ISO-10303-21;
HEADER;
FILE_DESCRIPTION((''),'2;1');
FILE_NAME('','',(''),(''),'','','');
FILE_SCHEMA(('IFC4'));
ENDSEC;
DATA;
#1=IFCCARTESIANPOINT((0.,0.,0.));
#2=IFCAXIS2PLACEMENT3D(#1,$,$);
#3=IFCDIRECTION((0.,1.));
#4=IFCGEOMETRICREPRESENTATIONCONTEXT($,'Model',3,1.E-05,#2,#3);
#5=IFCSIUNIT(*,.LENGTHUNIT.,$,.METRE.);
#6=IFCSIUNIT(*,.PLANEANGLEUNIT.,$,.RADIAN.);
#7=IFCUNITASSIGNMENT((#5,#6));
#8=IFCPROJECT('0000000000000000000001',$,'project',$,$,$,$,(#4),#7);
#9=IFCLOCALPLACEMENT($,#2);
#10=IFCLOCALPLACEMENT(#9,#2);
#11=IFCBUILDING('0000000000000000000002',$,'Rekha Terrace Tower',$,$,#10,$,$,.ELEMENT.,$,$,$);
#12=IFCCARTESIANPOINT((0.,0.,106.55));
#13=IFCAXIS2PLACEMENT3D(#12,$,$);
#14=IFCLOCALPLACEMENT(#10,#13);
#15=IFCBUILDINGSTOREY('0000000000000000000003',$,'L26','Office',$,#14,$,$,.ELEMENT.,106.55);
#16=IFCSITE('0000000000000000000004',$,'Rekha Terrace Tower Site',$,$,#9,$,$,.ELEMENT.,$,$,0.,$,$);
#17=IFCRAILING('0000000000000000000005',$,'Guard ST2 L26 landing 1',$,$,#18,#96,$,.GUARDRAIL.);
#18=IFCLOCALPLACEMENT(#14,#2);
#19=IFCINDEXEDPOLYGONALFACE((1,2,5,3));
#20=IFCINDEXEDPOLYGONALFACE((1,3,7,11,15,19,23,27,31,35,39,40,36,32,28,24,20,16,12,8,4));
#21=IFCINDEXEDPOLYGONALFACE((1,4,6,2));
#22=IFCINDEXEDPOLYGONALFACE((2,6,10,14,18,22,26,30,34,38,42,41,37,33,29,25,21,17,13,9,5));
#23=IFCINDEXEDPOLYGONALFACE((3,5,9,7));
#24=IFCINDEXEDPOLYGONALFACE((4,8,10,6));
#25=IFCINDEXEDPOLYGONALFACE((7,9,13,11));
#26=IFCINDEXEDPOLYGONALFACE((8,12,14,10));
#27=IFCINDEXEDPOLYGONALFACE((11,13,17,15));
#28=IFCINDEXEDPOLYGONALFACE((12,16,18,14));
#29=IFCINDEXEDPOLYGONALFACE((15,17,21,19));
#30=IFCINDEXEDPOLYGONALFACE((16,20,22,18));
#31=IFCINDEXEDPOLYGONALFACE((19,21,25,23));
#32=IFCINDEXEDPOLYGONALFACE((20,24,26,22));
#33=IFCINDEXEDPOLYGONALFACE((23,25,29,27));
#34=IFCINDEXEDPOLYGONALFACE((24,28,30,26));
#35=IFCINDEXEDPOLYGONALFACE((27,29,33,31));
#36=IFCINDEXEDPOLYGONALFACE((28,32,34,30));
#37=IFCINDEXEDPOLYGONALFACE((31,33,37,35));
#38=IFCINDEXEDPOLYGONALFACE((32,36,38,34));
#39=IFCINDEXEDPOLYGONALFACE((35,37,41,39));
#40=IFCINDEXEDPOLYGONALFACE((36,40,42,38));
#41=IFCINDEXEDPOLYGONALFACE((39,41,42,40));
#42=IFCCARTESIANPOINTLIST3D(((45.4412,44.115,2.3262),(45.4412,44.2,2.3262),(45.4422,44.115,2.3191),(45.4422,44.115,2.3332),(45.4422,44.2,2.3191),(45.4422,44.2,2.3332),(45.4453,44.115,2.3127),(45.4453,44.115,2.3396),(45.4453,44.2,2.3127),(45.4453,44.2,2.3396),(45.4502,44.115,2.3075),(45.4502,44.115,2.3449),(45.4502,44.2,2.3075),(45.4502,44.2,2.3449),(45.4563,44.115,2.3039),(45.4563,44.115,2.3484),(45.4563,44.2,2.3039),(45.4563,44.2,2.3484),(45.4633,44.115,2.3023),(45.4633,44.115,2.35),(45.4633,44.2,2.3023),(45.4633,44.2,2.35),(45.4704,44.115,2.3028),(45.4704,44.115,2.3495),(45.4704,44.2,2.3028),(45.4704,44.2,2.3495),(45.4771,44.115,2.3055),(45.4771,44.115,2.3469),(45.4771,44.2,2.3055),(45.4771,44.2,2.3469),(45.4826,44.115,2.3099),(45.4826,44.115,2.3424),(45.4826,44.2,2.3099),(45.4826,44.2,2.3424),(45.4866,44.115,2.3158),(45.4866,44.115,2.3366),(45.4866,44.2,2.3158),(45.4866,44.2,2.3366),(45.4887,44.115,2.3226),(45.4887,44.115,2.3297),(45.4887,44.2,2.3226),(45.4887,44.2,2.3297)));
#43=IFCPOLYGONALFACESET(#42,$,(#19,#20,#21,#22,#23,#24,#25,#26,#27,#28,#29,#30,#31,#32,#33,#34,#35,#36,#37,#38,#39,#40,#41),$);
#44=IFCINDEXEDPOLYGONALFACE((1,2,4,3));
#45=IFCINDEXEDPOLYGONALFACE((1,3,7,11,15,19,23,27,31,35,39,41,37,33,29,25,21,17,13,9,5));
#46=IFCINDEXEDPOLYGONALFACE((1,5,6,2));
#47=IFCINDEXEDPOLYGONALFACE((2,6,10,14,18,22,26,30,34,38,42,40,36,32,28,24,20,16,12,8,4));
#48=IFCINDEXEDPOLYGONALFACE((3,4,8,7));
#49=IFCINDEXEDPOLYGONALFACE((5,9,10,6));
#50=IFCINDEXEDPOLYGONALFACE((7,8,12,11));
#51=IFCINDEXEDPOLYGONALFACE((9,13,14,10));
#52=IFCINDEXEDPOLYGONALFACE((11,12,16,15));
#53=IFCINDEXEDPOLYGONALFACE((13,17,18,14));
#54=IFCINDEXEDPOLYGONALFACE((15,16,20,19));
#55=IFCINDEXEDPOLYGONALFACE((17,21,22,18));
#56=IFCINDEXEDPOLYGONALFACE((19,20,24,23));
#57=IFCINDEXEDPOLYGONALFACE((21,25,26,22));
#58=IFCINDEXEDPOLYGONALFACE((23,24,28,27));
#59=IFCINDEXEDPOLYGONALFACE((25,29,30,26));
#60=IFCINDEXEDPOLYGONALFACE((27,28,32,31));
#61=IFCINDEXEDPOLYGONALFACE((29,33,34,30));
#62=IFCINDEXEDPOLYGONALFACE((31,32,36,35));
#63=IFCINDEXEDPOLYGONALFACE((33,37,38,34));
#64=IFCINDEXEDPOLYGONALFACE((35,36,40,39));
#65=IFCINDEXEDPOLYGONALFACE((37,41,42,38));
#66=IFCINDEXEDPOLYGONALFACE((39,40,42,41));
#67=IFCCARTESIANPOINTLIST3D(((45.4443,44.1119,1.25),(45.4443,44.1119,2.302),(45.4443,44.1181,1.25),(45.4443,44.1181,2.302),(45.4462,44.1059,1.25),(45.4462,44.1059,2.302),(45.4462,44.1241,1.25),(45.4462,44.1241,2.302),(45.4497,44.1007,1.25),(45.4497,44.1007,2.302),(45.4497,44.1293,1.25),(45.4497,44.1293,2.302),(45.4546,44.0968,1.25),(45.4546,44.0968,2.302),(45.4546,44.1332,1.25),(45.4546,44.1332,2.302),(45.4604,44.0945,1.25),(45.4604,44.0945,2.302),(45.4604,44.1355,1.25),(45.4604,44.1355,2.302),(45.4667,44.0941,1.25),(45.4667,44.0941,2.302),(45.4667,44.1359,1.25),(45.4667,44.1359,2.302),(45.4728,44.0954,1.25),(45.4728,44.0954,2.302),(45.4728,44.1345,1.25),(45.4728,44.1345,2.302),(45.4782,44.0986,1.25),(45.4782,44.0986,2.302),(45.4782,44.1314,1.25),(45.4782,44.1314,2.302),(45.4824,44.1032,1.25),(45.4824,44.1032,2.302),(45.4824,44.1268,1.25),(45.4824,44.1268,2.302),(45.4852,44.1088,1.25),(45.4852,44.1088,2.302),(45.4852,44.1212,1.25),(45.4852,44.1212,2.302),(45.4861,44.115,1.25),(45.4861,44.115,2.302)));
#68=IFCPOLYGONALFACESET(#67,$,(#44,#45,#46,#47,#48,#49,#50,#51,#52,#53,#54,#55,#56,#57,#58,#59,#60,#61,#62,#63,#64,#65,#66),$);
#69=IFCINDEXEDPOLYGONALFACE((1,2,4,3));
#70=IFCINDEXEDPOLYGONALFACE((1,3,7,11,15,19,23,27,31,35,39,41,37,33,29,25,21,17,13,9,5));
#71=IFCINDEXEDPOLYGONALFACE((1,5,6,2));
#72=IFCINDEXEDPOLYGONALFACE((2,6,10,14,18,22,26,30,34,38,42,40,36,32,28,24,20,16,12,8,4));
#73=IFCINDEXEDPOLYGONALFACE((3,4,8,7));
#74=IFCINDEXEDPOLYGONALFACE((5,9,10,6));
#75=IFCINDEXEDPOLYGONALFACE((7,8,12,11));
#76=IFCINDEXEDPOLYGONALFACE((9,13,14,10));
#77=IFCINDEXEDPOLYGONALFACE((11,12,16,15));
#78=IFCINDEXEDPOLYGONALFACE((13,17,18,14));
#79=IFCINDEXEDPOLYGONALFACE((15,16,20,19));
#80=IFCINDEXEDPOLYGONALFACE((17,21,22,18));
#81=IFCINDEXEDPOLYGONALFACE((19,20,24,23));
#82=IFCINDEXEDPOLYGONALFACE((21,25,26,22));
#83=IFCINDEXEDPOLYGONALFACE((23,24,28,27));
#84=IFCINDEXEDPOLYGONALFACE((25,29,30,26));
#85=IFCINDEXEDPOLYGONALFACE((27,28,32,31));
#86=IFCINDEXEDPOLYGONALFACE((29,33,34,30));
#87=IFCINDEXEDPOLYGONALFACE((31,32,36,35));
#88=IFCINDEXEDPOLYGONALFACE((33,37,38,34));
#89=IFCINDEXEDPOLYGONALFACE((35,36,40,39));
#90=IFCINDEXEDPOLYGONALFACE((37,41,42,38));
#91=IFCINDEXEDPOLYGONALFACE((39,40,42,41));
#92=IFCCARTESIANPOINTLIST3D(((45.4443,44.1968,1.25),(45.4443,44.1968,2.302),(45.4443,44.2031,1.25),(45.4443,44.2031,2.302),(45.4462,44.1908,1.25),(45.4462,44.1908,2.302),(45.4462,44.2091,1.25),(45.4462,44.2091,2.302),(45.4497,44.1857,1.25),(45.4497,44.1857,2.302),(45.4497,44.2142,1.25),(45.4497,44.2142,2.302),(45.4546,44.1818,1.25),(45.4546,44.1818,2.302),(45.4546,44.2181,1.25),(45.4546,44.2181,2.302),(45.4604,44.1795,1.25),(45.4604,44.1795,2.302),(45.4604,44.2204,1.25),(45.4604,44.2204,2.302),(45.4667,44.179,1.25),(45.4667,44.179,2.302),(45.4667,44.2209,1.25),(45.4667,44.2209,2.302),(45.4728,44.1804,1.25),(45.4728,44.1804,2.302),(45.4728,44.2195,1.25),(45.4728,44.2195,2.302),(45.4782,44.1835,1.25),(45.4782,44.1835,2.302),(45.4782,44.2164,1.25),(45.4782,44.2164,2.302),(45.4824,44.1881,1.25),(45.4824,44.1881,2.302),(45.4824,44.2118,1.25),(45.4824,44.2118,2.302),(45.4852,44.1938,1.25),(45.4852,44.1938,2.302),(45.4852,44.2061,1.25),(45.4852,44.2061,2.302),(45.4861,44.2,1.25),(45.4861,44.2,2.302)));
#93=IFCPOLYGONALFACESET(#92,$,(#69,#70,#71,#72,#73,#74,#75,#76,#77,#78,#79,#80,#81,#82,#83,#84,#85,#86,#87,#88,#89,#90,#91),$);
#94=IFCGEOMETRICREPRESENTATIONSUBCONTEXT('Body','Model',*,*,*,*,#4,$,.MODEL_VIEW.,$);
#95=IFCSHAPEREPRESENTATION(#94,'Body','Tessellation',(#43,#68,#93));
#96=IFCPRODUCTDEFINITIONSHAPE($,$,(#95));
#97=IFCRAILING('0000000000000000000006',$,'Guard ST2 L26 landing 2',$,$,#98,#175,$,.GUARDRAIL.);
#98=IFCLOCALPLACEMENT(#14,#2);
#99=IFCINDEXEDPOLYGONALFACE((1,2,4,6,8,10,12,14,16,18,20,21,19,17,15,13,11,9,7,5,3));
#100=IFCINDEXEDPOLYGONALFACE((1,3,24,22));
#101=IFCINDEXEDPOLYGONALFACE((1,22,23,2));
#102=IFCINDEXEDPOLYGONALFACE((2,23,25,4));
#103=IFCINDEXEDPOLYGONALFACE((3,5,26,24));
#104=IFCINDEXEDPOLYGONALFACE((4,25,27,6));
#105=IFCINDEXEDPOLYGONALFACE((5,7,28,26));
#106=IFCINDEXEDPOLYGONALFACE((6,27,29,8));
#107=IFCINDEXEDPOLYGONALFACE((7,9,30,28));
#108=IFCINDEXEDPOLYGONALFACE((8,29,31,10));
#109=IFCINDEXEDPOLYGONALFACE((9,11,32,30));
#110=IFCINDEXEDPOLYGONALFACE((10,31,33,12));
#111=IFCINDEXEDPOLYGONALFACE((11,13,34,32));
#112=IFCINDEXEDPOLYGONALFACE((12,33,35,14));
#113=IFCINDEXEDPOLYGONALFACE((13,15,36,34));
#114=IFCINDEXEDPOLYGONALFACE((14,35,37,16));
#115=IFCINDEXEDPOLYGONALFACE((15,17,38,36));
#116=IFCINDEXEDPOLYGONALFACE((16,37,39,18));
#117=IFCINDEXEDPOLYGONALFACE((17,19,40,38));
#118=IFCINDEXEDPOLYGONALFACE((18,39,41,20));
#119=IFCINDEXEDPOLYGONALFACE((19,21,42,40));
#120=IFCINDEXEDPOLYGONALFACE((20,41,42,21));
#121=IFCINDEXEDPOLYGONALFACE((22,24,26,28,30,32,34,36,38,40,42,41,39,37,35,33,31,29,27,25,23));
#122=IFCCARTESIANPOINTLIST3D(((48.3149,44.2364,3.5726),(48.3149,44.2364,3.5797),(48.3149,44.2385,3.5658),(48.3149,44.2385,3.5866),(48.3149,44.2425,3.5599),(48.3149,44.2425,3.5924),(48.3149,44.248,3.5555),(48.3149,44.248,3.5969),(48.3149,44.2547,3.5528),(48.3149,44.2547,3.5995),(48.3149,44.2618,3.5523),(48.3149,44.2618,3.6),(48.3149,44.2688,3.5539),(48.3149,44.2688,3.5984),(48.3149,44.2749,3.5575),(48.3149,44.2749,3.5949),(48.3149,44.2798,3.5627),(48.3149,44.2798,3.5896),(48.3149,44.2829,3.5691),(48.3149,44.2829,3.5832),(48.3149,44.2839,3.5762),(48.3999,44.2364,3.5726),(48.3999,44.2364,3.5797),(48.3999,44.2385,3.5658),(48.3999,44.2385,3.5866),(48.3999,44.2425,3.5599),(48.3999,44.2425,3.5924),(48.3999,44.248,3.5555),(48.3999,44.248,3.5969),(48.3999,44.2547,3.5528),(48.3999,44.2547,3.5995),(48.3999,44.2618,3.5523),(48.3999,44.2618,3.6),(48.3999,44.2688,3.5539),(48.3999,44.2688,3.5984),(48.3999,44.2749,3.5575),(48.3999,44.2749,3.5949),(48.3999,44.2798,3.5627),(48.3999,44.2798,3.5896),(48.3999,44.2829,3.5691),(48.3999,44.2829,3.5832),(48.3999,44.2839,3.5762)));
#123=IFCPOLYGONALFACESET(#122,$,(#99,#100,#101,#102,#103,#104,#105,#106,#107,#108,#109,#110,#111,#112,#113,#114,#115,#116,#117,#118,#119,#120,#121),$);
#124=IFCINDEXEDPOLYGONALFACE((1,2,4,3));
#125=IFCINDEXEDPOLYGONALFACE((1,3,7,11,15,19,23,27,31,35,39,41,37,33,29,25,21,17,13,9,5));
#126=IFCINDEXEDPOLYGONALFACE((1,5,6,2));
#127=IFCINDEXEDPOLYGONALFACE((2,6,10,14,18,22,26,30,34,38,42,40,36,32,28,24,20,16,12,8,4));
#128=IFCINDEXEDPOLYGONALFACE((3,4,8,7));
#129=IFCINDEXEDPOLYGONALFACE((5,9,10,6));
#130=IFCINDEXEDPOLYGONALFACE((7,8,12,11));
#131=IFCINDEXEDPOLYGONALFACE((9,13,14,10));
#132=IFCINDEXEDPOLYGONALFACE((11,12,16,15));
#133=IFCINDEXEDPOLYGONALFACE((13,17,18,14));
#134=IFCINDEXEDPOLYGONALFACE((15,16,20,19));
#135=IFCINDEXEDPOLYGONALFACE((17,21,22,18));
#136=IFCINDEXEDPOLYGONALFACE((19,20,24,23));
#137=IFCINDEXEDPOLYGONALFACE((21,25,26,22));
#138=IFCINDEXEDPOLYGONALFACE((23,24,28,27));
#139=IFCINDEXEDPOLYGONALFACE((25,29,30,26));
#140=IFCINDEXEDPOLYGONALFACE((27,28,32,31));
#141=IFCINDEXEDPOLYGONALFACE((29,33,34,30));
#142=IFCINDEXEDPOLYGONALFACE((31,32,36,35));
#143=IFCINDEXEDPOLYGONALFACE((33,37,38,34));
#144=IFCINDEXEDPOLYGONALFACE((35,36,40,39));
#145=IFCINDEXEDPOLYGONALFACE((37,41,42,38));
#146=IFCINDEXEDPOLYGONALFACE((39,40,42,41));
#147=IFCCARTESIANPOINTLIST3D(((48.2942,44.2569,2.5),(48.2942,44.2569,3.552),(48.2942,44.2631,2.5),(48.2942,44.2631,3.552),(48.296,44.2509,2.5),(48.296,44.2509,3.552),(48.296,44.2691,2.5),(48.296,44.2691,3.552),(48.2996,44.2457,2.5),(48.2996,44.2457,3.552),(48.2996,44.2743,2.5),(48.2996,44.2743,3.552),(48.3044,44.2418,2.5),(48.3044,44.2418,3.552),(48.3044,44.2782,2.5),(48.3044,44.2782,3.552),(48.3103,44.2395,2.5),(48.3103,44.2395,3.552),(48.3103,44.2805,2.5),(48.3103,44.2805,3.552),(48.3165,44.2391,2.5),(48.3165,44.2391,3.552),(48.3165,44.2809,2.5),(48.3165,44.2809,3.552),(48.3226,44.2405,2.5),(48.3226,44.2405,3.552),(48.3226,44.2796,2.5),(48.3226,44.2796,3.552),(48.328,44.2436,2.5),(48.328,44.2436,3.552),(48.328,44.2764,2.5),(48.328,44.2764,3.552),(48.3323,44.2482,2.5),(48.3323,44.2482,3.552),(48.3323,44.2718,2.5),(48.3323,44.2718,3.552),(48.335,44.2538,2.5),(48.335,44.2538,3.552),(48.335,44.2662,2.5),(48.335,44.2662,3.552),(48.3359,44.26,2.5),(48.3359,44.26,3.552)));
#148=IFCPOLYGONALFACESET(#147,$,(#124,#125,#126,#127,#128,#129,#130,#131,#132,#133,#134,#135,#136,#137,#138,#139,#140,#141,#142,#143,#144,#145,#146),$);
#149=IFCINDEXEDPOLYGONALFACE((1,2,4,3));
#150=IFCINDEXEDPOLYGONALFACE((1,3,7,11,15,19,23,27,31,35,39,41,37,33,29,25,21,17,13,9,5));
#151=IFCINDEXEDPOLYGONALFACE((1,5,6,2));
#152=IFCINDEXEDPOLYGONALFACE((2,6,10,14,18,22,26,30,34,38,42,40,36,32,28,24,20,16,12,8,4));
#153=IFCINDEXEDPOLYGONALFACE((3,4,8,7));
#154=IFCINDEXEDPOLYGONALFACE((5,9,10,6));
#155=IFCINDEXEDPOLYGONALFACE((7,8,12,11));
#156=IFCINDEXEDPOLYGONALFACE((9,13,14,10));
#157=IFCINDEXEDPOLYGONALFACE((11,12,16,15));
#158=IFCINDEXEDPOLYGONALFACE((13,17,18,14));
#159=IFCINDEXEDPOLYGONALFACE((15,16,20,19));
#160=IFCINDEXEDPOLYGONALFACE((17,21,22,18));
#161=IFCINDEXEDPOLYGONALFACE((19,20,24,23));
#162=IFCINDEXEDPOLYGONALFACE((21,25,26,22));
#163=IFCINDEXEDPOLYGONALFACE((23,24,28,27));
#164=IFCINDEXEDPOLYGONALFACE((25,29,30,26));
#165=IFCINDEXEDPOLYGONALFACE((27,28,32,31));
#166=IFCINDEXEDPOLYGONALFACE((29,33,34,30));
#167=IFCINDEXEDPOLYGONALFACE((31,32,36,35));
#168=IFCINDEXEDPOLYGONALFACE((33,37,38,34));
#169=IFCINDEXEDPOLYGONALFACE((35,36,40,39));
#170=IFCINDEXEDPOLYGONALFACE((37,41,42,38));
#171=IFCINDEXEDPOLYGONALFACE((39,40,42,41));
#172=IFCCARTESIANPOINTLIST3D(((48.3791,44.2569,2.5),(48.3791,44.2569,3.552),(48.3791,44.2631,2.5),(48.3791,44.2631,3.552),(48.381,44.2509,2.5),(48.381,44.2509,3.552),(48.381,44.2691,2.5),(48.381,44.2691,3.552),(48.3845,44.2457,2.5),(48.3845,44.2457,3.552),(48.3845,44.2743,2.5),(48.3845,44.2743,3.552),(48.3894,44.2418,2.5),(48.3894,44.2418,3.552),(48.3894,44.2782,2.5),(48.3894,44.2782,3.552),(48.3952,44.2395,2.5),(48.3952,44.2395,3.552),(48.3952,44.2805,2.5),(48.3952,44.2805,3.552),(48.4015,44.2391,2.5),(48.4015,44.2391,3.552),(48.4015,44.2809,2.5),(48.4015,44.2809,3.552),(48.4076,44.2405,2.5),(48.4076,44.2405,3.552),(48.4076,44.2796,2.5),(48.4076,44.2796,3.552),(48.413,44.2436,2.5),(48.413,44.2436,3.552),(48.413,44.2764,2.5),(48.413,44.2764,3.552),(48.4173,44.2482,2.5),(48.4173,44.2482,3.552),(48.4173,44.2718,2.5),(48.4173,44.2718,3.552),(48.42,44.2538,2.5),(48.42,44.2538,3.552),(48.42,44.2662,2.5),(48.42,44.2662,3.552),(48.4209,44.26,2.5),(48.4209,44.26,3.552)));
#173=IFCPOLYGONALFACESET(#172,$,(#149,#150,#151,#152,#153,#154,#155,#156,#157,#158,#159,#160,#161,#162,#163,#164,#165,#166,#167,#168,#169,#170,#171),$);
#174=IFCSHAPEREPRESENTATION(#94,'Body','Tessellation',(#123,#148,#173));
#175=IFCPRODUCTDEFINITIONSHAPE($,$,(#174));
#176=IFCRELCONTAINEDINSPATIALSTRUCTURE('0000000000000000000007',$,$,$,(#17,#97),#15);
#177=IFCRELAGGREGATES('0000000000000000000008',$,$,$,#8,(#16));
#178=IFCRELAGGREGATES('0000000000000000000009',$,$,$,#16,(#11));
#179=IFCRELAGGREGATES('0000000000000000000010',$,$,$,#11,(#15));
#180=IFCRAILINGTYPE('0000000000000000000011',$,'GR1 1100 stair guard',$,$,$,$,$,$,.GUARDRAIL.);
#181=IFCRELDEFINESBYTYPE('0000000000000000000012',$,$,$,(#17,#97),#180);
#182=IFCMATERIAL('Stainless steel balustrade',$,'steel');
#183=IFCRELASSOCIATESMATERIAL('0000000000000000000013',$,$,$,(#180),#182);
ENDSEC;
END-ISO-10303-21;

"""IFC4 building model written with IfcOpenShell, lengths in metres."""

from ifc_helpers import new_model, si_unit, direction, frame, origin, origin_2d, place, context, subcontext, project, spatial, circle, extrude, material, type_object, element, save


model = new_model("IFC4")

# Units and contexts
model_context = context("Model", 3, precision=1e-05, world=origin(), true_north=direction((0.0, 1.0)))
body_context = subcontext(model_context, "Body", "Model", "MODEL_VIEW")
ifc_project = project(units=[si_unit("LENGTHUNIT", "METRE"), si_unit("PLANEANGLEUNIT", "RADIAN")], contexts=[model_context])

# Site, building, storey
site_placement = place(None, origin())
site = spatial("IfcSite", under=ifc_project, at=site_placement, Name="Rekha Terrace Tower Site", CompositionType="ELEMENT", RefElevation=0.0)
building_placement = place(site_placement, origin())
building = spatial("IfcBuilding", under=site, at=building_placement, Name="Rekha Terrace Tower", CompositionType="ELEMENT")
storey_placement = place(building_placement, frame((0.0, 0.0, 106.55)))
storey = spatial("IfcBuildingStorey", under=building, at=storey_placement, Name="L26", Description="Office", CompositionType="ELEMENT", Elevation=106.55)

# Railings
ifc_material_1 = material(Name="Stainless steel balustrade", Category="steel")
railing_type_1 = type_object("IfcRailingType", Name="GR1 1100 stair guard", PredefinedType="GUARDRAIL", material=ifc_material_1)
railing_1_placement = place(storey_placement, frame((45.4651, 44.115, 1.25)))
element("IfcRailing", 1, at=railing_1_placement, inside=storey, type_object=railing_type_1, Name="Guard ST2 L26 landing 1", PredefinedType="GUARDRAIL", context=body_context, shape_type="SweptSolid", body=[
    extrude(circle(Radius=0.0239, at=origin_2d()), frame((0.0, 0.0, 1.0762), z_axis=(0.0, 1.0, 0.0), x_axis=(-1.0, 0.0, 0.0)), (0.0, 0.0, 1.0), 0.085),
    extrude(circle(Radius=0.021, at=origin_2d()), origin(), (0.0, 0.0, 1.0), 1.052),
    extrude(circle(Radius=0.021, at=origin_2d()), frame((0.0, 0.085, 0.0)), (0.0, 0.0, 1.0), 1.052),
])
railing_2_placement = place(storey_placement, frame((48.3149, 44.26, 2.5)))
element("IfcRailing", 2, at=railing_2_placement, inside=storey, type_object=railing_type_1, Name="Guard ST2 L26 landing 2", PredefinedType="GUARDRAIL", context=body_context, shape_type="SweptSolid", body=[
    extrude(circle(Radius=0.0239, at=origin_2d()), frame((0.0, 0.0, 1.0762), z_axis=(1.0, 0.0, 0.0), x_axis=(0.0, 1.0, 0.0)), (0.0, 0.0, 1.0), 0.085),
    extrude(circle(Radius=0.021, at=origin_2d()), origin(), (0.0, 0.0, 1.0), 1.052),
    extrude(circle(Radius=0.021, at=origin_2d()), frame((0.085, 0.0, 0.0)), (0.0, 0.0, 1.0), 1.052),
])

save(model, "model.ifc")
